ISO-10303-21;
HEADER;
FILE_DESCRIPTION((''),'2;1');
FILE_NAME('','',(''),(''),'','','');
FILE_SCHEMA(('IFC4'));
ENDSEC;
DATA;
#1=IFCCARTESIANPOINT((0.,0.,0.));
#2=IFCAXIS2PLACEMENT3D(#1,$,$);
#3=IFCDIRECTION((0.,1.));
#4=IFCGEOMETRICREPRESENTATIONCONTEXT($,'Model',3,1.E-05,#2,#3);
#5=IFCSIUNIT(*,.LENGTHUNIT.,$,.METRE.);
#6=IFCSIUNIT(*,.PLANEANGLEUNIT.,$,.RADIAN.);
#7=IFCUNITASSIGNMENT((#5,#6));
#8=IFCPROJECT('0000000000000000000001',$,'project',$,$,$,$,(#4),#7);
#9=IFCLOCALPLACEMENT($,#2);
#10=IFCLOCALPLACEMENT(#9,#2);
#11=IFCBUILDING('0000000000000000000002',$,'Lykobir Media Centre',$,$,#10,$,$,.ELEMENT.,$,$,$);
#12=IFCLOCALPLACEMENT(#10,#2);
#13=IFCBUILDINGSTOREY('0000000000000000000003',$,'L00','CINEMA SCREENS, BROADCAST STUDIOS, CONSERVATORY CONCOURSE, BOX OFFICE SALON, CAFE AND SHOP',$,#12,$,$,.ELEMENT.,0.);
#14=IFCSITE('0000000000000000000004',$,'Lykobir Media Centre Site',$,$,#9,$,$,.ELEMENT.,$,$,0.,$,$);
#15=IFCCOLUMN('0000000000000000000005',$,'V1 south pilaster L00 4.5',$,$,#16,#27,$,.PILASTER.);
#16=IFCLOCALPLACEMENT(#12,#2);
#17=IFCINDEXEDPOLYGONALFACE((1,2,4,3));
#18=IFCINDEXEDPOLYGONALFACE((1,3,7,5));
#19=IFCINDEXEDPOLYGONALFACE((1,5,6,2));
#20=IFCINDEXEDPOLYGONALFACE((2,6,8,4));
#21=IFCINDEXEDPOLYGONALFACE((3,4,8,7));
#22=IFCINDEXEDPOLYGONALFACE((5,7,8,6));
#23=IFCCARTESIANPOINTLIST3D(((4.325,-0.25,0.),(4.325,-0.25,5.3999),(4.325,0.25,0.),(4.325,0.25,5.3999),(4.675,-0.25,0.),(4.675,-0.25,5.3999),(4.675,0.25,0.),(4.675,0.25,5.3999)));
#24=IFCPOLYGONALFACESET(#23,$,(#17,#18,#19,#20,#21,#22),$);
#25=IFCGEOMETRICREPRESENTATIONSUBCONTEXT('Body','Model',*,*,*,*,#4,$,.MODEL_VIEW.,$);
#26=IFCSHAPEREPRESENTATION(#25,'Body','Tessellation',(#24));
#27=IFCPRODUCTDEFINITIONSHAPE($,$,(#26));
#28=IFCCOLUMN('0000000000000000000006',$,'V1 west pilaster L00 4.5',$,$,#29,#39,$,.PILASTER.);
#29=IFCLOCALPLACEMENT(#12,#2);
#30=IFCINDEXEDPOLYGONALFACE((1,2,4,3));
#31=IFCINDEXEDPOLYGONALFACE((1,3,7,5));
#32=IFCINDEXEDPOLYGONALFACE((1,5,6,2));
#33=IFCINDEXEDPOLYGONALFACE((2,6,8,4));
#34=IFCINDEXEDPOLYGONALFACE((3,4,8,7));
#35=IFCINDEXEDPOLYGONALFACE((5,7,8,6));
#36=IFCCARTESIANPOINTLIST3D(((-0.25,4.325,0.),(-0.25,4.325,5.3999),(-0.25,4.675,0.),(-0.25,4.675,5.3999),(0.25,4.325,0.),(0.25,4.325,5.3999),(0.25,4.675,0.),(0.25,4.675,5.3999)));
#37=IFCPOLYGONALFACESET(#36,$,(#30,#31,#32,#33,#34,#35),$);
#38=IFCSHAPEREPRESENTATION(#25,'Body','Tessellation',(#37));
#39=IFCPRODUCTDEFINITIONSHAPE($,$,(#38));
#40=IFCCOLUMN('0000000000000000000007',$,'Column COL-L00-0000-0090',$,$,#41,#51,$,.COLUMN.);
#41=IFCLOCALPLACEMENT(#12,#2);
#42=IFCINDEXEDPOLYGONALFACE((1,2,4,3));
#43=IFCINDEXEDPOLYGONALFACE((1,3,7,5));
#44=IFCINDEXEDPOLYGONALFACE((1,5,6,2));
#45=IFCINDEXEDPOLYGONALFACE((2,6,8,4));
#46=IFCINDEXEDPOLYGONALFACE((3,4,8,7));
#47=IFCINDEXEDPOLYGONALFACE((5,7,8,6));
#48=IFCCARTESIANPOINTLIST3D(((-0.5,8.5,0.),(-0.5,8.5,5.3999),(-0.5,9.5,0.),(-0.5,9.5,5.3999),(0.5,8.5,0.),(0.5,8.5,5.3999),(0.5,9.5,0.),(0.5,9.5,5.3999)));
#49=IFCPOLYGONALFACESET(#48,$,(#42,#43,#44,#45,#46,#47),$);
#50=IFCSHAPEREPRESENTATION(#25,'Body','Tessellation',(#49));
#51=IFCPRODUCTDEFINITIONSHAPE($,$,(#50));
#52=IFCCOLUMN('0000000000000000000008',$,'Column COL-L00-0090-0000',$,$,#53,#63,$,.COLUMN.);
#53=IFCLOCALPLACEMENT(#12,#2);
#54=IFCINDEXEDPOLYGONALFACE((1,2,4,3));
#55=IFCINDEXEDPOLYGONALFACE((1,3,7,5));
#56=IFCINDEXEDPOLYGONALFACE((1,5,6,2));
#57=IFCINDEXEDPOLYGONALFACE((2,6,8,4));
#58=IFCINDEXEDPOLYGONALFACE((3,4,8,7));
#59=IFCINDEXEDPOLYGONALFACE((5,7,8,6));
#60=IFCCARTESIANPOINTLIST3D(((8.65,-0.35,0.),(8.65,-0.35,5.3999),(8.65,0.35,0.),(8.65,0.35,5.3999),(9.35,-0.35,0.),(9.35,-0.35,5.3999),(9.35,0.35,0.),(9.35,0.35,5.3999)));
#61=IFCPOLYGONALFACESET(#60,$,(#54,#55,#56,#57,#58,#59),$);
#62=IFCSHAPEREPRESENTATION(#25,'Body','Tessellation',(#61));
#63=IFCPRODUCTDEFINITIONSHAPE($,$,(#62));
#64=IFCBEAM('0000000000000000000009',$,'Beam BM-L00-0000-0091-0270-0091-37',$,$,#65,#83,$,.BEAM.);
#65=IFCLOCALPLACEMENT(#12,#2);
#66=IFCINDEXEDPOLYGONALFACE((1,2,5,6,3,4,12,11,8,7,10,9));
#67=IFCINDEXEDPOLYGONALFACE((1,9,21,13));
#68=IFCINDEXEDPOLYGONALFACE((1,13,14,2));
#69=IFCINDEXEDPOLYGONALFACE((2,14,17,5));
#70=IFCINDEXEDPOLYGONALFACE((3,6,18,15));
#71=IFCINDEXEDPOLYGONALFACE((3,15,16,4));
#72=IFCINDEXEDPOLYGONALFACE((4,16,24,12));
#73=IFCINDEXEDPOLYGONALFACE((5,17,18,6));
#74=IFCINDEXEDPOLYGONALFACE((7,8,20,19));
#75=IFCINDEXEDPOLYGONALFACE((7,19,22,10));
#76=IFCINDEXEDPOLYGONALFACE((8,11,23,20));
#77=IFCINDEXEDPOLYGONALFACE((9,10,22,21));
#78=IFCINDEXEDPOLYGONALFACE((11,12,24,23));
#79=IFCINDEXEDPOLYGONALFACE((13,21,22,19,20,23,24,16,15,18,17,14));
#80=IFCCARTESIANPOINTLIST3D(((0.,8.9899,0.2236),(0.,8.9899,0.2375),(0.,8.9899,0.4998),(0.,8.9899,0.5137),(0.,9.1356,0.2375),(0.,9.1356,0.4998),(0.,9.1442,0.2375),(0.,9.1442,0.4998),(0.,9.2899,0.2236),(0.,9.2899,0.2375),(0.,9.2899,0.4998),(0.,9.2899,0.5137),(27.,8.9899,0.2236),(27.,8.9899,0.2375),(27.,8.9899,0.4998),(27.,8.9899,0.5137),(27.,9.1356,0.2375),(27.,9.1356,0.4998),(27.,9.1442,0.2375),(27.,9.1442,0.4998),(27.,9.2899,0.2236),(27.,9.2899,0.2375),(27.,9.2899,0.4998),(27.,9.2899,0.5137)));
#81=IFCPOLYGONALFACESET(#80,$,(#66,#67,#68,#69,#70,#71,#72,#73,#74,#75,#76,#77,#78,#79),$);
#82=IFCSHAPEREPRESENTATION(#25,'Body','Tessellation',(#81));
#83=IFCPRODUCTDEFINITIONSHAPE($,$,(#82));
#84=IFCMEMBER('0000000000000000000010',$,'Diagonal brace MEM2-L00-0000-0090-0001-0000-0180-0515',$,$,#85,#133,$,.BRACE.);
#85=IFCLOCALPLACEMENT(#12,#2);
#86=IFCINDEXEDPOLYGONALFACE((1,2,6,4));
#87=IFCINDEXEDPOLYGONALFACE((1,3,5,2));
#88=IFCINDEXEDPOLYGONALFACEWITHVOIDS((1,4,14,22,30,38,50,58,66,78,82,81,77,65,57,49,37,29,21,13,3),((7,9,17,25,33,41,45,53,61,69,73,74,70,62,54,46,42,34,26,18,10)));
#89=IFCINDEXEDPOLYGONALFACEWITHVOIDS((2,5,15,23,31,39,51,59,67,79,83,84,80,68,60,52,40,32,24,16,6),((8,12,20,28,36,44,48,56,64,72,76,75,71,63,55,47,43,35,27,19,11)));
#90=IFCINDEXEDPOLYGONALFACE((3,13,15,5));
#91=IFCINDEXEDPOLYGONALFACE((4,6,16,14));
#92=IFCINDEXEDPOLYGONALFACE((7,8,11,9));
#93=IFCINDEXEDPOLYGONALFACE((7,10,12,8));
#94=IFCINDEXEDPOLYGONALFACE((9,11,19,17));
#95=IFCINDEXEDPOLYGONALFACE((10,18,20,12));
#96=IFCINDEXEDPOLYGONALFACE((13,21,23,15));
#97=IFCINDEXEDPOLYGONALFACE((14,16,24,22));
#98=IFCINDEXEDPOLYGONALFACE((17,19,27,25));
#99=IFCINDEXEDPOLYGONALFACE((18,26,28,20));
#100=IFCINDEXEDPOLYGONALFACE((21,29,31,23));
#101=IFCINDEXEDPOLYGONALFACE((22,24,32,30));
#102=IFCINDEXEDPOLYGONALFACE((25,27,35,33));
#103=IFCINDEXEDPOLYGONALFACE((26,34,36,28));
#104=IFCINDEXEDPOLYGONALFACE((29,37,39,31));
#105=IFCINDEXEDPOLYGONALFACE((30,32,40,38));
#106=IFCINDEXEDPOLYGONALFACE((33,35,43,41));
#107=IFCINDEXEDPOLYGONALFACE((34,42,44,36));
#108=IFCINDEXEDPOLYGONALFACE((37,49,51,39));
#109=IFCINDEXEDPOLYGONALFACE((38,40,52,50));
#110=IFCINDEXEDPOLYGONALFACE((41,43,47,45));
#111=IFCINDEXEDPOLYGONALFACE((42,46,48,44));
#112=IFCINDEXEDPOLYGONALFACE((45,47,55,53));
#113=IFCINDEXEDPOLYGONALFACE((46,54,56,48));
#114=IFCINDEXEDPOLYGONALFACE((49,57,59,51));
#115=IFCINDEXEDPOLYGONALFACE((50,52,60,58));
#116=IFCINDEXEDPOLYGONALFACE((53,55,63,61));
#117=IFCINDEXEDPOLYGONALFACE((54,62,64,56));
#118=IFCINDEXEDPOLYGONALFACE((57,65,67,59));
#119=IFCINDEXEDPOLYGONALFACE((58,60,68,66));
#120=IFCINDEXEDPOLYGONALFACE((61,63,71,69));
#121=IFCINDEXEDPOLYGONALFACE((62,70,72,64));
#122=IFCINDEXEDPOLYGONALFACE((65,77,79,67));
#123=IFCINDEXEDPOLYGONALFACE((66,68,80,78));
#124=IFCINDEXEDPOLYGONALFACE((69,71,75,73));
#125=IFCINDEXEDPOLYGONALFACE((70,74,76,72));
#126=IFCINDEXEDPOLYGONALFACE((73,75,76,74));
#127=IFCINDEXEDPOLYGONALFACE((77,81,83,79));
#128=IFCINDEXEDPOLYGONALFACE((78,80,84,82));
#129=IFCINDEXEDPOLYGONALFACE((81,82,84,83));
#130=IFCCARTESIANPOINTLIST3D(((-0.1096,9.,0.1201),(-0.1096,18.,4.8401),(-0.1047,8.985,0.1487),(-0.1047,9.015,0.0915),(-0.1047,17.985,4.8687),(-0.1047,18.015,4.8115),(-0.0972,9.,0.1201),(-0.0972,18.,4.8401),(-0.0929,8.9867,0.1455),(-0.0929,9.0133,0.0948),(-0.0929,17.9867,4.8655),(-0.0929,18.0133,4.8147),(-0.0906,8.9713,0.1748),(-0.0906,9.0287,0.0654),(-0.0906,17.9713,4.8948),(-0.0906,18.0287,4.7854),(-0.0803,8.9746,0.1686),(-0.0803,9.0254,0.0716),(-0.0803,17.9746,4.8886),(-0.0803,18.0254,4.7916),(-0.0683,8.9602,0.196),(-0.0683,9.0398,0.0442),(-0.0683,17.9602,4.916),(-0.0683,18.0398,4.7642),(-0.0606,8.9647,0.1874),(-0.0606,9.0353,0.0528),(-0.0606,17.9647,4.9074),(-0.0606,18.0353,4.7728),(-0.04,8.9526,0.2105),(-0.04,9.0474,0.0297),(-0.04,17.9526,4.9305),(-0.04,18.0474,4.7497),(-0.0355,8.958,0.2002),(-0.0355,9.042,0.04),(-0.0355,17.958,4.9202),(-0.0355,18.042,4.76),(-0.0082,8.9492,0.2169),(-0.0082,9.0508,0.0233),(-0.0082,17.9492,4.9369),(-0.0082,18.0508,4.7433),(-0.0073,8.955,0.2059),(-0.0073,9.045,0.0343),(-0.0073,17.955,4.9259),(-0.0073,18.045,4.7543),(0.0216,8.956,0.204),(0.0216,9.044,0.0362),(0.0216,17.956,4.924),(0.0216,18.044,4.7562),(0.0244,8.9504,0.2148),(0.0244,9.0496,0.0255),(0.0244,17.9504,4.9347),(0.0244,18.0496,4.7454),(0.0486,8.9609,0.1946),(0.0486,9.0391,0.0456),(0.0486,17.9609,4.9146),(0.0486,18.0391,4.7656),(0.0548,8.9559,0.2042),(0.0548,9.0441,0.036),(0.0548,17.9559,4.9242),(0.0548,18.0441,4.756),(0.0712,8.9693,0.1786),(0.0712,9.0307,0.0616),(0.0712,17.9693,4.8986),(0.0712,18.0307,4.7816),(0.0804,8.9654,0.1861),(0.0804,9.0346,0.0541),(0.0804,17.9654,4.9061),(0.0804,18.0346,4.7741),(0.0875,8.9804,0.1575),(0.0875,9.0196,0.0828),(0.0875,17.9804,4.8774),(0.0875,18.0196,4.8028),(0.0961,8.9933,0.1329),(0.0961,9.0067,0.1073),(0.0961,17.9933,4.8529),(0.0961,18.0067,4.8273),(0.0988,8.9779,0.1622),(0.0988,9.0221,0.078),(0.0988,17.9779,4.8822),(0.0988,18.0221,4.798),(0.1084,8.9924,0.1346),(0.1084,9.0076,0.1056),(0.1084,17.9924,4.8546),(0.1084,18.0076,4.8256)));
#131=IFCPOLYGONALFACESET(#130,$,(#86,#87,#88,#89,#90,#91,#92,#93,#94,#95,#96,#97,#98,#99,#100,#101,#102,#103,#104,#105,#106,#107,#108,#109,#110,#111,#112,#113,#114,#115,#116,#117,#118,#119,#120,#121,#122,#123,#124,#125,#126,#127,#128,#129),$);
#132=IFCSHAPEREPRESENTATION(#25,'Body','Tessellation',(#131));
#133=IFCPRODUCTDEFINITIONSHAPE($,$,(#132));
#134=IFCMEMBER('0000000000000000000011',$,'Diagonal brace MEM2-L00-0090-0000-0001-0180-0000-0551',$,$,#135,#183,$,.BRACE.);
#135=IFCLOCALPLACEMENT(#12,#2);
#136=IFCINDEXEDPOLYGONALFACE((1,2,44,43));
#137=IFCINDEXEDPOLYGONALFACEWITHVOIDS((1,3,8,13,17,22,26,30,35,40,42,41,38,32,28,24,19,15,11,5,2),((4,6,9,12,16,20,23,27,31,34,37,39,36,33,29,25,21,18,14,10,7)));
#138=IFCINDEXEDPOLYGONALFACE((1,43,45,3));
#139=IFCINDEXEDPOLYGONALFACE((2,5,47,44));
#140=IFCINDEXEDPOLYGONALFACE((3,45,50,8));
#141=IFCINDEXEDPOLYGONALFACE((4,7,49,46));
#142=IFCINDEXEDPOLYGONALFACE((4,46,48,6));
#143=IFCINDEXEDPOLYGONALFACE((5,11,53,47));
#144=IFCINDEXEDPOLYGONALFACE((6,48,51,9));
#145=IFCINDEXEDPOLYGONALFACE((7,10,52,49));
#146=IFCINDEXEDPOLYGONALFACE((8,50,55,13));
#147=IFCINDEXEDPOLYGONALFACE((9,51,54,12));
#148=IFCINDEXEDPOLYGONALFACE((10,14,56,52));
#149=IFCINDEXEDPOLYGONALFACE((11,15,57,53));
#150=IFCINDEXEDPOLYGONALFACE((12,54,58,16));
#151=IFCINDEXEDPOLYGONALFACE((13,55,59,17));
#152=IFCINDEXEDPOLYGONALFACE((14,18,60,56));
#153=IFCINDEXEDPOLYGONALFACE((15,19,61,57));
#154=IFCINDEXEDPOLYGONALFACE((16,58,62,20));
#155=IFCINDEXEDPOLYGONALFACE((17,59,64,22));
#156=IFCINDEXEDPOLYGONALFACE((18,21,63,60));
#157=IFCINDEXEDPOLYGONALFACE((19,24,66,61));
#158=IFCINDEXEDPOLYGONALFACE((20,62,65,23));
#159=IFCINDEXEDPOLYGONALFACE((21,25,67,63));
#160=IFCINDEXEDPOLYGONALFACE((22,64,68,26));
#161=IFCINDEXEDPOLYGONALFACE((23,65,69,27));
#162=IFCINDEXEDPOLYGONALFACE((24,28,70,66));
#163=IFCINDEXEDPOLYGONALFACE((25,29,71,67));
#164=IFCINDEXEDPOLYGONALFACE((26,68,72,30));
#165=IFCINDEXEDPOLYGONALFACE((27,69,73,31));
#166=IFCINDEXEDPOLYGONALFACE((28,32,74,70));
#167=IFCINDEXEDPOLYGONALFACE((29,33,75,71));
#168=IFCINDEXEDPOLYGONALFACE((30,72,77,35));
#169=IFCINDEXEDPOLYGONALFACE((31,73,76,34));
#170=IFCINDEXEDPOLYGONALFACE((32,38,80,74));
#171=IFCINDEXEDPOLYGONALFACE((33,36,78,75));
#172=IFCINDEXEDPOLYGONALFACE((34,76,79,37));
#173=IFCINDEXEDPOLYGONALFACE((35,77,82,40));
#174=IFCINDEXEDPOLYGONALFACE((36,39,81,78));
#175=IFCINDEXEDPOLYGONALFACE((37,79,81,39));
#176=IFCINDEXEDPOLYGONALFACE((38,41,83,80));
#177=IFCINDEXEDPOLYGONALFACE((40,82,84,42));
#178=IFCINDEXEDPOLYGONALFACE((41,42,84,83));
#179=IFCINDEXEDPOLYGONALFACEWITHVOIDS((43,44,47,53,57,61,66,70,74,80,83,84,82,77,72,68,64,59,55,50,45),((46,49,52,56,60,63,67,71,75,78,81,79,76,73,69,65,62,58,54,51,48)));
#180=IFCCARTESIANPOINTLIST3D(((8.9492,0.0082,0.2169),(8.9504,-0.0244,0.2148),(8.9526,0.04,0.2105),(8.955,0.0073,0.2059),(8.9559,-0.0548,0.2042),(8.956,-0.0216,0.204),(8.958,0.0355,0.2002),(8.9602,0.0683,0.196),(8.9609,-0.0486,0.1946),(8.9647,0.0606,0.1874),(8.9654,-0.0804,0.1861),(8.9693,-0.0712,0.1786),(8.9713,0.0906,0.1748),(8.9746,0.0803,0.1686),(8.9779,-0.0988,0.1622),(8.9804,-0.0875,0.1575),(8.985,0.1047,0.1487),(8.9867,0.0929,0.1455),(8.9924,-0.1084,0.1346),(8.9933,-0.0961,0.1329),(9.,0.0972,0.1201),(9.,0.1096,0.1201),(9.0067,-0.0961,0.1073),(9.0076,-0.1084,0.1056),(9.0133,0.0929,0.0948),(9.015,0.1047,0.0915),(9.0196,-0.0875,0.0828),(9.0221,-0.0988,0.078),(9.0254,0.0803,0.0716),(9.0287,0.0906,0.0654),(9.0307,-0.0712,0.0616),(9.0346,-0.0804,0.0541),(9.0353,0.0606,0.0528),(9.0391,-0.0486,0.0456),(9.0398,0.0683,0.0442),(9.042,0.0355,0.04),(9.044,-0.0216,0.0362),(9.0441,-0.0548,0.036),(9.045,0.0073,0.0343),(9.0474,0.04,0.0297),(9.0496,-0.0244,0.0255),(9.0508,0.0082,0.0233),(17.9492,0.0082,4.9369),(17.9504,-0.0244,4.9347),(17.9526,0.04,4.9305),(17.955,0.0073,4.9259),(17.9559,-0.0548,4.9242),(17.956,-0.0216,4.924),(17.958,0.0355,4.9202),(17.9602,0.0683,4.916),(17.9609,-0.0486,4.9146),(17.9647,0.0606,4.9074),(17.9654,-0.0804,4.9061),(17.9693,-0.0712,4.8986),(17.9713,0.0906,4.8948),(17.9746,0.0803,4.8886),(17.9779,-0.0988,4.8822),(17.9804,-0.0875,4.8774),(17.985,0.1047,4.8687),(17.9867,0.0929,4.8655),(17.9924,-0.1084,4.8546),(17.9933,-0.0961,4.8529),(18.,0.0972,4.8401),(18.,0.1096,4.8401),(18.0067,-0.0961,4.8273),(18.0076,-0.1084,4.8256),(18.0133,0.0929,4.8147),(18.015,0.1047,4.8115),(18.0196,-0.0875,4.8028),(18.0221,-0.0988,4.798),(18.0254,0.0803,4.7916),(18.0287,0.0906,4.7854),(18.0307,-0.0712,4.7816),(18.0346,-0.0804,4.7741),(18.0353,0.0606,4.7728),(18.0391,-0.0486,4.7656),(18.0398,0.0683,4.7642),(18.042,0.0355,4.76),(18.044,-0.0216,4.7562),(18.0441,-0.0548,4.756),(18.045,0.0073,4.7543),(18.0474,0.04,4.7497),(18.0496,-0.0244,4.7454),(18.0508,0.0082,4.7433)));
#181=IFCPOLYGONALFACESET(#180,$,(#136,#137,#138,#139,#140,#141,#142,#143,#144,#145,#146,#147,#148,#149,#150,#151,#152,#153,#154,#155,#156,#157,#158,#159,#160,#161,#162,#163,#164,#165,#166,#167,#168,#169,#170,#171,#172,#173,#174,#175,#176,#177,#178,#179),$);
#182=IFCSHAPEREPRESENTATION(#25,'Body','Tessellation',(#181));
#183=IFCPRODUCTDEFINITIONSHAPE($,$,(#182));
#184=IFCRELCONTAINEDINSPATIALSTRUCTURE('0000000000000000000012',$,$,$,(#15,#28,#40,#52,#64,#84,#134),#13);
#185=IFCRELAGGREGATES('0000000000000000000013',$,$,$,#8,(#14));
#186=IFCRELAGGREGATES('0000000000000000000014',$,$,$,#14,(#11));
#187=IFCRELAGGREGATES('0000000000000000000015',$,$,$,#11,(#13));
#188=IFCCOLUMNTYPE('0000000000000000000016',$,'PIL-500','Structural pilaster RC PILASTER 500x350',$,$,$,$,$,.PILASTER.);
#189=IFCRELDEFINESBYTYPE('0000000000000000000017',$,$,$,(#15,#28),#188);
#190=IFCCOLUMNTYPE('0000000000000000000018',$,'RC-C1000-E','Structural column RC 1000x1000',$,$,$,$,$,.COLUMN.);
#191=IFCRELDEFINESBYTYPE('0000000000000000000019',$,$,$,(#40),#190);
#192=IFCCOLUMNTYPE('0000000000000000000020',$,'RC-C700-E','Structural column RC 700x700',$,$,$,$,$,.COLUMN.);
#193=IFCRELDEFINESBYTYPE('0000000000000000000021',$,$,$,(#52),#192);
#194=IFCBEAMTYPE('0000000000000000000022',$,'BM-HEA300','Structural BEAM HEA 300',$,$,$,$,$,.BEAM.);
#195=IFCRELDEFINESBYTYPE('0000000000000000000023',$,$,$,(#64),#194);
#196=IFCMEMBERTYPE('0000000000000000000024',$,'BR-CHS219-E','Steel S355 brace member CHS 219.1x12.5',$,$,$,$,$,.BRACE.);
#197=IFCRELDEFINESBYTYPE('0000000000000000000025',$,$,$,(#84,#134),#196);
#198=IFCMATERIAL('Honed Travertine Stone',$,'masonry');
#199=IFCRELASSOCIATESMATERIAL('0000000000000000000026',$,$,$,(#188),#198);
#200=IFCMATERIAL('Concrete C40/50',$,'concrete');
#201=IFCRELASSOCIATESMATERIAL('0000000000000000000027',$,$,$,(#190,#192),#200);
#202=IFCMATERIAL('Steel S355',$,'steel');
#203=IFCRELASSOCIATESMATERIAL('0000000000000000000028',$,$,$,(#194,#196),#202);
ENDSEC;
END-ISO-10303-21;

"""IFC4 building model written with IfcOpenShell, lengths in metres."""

from ifc_helpers import new_model, si_unit, direction, frame, origin, origin_2d, place, context, subcontext, project, spatial, rectangle, hollow_circle, i_section, extrude, material, material_profile, profile_set, type_object, element, save


model = new_model("IFC4")

# Units and contexts
model_context = context("Model", 3, precision=1e-05, world=origin(), true_north=direction((0.0, 1.0)))
body_context = subcontext(model_context, "Body", "Model", "MODEL_VIEW")
ifc_project = project(units=[si_unit("LENGTHUNIT", "METRE"), si_unit("PLANEANGLEUNIT", "RADIAN")], contexts=[model_context])

# Site, building, storey
site_placement = place(None, origin())
site = spatial("IfcSite", under=ifc_project, at=site_placement, Name="Lykobir Media Centre Site", CompositionType="ELEMENT", RefElevation=0.0)
building_placement = place(site_placement, origin())
building = spatial("IfcBuilding", under=site, at=building_placement, Name="Lykobir Media Centre", CompositionType="ELEMENT")
storey_placement = place(building_placement, origin())
storey = spatial("IfcBuildingStorey", under=building, at=storey_placement, Name="L00", Description="CINEMA SCREENS, BROADCAST STUDIOS, CONSERVATORY CONCOURSE, BOX OFFICE SALON, CAFE AND SHOP", CompositionType="ELEMENT", Elevation=0.0)

# Columns
ifc_material_1 = material(Name="Honed Travertine Stone", Category="masonry")
ifc_material_profile_1 = material_profile(ifc_material_1, rectangle(XDim=0.3501, YDim=0.5, at=origin_2d()), Name="RC PILASTER 500x350")
ifc_profile_set_1 = profile_set([ifc_material_profile_1], Name="Honed Travertine Stone")
column_type_1 = type_object("IfcColumnType", Name="PIL-500", Description="Structural pilaster RC PILASTER 500x350", PredefinedType="PILASTER", material=ifc_profile_set_1)
for number, where, z_axis, x_axis, name in (
    (1, (4.5, 0.0, 0.0), (0.0, 0.0, 1.0), (1.0, 0.0, 0.0), "V1 south pilaster L00 4.5"),
    (2, (0.0, 4.5, 0.0), (0.0, 0.0, 1.0), (0.0, 1.0, 0.0), "V1 west pilaster L00 4.5"),
):
    element("IfcColumn", number, at=place(storey_placement, frame(where, z_axis=z_axis, x_axis=x_axis)), inside=storey, type_object=column_type_1, Name=name, PredefinedType="PILASTER", context=body_context, shape_type="SweptSolid", body=[
        extrude(rectangle(XDim=0.3501, YDim=0.5, at=origin_2d()), origin(), (0.0, 0.0, 1.0), 5.3999),
    ])
ifc_material_2 = material(Name="Concrete C40/50", Category="concrete")
ifc_material_profile_2 = material_profile(ifc_material_2, rectangle(XDim=1.0, YDim=1.0, at=origin_2d()), Name="RC 1000x1000")
ifc_profile_set_2 = profile_set([ifc_material_profile_2], Name="Concrete C40/50")
column_type_2 = type_object("IfcColumnType", Name="RC-C1000-E", Description="Structural column RC 1000x1000", PredefinedType="COLUMN", material=ifc_profile_set_2)
column_1_placement = place(storey_placement, frame((0.0, 9.0, 0.0), z_axis=(0.0, 0.0, 1.0), x_axis=(1.0, 0.0, 0.0)))
element("IfcColumn", 3, at=column_1_placement, inside=storey, type_object=column_type_2, Name="Column COL-L00-0000-0090", PredefinedType="COLUMN", context=body_context, shape_type="SweptSolid", body=[
    extrude(rectangle(XDim=1.0, YDim=1.0, at=origin_2d()), origin(), (0.0, 0.0, 1.0), 5.3999),
])
ifc_material_profile_3 = material_profile(ifc_material_2, rectangle(XDim=0.7, YDim=0.7, at=origin_2d()), Name="RC 700x700")
ifc_profile_set_3 = profile_set([ifc_material_profile_3], Name="Concrete C40/50")
column_type_3 = type_object("IfcColumnType", Name="RC-C700-E", Description="Structural column RC 700x700", PredefinedType="COLUMN", material=ifc_profile_set_3)
column_2_placement = place(storey_placement, frame((9.0, 0.0, 0.0), z_axis=(0.0, 0.0, 1.0), x_axis=(1.0, 0.0, 0.0)))
element("IfcColumn", 4, at=column_2_placement, inside=storey, type_object=column_type_3, Name="Column COL-L00-0090-0000", PredefinedType="COLUMN", context=body_context, shape_type="SweptSolid", body=[
    extrude(rectangle(XDim=0.7, YDim=0.7, at=origin_2d()), origin(), (0.0, 0.0, 1.0), 5.3999),
])

# Beam
ifc_material_3 = material(Name="Steel S355", Category="steel")
ifc_material_profile_4 = material_profile(ifc_material_3, i_section(OverallWidth=0.3, OverallDepth=0.29, WebThickness=0.0085, FlangeThickness=0.0139, at=origin_2d()), Name="HEA 300")
ifc_profile_set_4 = profile_set([ifc_material_profile_4], Name="Steel S355")
beam_type_1 = type_object("IfcBeamType", Name="BM-HEA300", Description="Structural BEAM HEA 300", PredefinedType="BEAM", material=ifc_profile_set_4)
beam_placement = place(storey_placement, frame((0.0, 9.1399, 0.3687), z_axis=(1.0, 0.0, 0.0), x_axis=(0.0, 1.0, 0.0)))
element("IfcBeam", 5, at=beam_placement, inside=storey, type_object=beam_type_1, Name="Beam BM-L00-0000-0091-0270-0091-37", PredefinedType="BEAM", context=body_context, shape_type="SweptSolid", body=[
    extrude(i_section(OverallWidth=0.3, OverallDepth=0.29, WebThickness=0.0085, FlangeThickness=0.0139, at=origin_2d()), origin(), (0.0, 0.0, 1.0), 27.0),
])

# Members
ifc_material_profile_5 = material_profile(ifc_material_3, hollow_circle(Radius=0.1096, WallThickness=0.0125, at=origin_2d()), Name="CHS 219.1x12.5")
ifc_profile_set_5 = profile_set([ifc_material_profile_5], Name="Steel S355")
member_type = type_object("IfcMemberType", Name="BR-CHS219-E", Description="Steel S355 brace member CHS 219.1x12.5", PredefinedType="BRACE", material=ifc_profile_set_5)
for number, where, z_axis, x_axis, name in (
    (6, (0.0, 9.0, 0.1201), (0.0, 0.885601, 0.464446), (-1.0, 0.0, 0.0), "Diagonal brace MEM2-L00-0000-0090-0001-0000-0180-0515"),
    (7, (9.0, 0.0, 0.1201), (0.885601, 0.0, 0.464446), (0.0, 1.0, 0.0), "Diagonal brace MEM2-L00-0090-0000-0001-0180-0000-0551"),
):
    element("IfcMember", number, at=place(storey_placement, frame(where, z_axis=z_axis, x_axis=x_axis)), inside=storey, type_object=member_type, Name=name, PredefinedType="BRACE", context=body_context, shape_type="SweptSolid", body=[
        extrude(hollow_circle(Radius=0.1096, WallThickness=0.0125, at=origin_2d()), origin(), (0.0, 0.0, 1.0), 10.1626),
    ])

save(model, "model.ifc")
